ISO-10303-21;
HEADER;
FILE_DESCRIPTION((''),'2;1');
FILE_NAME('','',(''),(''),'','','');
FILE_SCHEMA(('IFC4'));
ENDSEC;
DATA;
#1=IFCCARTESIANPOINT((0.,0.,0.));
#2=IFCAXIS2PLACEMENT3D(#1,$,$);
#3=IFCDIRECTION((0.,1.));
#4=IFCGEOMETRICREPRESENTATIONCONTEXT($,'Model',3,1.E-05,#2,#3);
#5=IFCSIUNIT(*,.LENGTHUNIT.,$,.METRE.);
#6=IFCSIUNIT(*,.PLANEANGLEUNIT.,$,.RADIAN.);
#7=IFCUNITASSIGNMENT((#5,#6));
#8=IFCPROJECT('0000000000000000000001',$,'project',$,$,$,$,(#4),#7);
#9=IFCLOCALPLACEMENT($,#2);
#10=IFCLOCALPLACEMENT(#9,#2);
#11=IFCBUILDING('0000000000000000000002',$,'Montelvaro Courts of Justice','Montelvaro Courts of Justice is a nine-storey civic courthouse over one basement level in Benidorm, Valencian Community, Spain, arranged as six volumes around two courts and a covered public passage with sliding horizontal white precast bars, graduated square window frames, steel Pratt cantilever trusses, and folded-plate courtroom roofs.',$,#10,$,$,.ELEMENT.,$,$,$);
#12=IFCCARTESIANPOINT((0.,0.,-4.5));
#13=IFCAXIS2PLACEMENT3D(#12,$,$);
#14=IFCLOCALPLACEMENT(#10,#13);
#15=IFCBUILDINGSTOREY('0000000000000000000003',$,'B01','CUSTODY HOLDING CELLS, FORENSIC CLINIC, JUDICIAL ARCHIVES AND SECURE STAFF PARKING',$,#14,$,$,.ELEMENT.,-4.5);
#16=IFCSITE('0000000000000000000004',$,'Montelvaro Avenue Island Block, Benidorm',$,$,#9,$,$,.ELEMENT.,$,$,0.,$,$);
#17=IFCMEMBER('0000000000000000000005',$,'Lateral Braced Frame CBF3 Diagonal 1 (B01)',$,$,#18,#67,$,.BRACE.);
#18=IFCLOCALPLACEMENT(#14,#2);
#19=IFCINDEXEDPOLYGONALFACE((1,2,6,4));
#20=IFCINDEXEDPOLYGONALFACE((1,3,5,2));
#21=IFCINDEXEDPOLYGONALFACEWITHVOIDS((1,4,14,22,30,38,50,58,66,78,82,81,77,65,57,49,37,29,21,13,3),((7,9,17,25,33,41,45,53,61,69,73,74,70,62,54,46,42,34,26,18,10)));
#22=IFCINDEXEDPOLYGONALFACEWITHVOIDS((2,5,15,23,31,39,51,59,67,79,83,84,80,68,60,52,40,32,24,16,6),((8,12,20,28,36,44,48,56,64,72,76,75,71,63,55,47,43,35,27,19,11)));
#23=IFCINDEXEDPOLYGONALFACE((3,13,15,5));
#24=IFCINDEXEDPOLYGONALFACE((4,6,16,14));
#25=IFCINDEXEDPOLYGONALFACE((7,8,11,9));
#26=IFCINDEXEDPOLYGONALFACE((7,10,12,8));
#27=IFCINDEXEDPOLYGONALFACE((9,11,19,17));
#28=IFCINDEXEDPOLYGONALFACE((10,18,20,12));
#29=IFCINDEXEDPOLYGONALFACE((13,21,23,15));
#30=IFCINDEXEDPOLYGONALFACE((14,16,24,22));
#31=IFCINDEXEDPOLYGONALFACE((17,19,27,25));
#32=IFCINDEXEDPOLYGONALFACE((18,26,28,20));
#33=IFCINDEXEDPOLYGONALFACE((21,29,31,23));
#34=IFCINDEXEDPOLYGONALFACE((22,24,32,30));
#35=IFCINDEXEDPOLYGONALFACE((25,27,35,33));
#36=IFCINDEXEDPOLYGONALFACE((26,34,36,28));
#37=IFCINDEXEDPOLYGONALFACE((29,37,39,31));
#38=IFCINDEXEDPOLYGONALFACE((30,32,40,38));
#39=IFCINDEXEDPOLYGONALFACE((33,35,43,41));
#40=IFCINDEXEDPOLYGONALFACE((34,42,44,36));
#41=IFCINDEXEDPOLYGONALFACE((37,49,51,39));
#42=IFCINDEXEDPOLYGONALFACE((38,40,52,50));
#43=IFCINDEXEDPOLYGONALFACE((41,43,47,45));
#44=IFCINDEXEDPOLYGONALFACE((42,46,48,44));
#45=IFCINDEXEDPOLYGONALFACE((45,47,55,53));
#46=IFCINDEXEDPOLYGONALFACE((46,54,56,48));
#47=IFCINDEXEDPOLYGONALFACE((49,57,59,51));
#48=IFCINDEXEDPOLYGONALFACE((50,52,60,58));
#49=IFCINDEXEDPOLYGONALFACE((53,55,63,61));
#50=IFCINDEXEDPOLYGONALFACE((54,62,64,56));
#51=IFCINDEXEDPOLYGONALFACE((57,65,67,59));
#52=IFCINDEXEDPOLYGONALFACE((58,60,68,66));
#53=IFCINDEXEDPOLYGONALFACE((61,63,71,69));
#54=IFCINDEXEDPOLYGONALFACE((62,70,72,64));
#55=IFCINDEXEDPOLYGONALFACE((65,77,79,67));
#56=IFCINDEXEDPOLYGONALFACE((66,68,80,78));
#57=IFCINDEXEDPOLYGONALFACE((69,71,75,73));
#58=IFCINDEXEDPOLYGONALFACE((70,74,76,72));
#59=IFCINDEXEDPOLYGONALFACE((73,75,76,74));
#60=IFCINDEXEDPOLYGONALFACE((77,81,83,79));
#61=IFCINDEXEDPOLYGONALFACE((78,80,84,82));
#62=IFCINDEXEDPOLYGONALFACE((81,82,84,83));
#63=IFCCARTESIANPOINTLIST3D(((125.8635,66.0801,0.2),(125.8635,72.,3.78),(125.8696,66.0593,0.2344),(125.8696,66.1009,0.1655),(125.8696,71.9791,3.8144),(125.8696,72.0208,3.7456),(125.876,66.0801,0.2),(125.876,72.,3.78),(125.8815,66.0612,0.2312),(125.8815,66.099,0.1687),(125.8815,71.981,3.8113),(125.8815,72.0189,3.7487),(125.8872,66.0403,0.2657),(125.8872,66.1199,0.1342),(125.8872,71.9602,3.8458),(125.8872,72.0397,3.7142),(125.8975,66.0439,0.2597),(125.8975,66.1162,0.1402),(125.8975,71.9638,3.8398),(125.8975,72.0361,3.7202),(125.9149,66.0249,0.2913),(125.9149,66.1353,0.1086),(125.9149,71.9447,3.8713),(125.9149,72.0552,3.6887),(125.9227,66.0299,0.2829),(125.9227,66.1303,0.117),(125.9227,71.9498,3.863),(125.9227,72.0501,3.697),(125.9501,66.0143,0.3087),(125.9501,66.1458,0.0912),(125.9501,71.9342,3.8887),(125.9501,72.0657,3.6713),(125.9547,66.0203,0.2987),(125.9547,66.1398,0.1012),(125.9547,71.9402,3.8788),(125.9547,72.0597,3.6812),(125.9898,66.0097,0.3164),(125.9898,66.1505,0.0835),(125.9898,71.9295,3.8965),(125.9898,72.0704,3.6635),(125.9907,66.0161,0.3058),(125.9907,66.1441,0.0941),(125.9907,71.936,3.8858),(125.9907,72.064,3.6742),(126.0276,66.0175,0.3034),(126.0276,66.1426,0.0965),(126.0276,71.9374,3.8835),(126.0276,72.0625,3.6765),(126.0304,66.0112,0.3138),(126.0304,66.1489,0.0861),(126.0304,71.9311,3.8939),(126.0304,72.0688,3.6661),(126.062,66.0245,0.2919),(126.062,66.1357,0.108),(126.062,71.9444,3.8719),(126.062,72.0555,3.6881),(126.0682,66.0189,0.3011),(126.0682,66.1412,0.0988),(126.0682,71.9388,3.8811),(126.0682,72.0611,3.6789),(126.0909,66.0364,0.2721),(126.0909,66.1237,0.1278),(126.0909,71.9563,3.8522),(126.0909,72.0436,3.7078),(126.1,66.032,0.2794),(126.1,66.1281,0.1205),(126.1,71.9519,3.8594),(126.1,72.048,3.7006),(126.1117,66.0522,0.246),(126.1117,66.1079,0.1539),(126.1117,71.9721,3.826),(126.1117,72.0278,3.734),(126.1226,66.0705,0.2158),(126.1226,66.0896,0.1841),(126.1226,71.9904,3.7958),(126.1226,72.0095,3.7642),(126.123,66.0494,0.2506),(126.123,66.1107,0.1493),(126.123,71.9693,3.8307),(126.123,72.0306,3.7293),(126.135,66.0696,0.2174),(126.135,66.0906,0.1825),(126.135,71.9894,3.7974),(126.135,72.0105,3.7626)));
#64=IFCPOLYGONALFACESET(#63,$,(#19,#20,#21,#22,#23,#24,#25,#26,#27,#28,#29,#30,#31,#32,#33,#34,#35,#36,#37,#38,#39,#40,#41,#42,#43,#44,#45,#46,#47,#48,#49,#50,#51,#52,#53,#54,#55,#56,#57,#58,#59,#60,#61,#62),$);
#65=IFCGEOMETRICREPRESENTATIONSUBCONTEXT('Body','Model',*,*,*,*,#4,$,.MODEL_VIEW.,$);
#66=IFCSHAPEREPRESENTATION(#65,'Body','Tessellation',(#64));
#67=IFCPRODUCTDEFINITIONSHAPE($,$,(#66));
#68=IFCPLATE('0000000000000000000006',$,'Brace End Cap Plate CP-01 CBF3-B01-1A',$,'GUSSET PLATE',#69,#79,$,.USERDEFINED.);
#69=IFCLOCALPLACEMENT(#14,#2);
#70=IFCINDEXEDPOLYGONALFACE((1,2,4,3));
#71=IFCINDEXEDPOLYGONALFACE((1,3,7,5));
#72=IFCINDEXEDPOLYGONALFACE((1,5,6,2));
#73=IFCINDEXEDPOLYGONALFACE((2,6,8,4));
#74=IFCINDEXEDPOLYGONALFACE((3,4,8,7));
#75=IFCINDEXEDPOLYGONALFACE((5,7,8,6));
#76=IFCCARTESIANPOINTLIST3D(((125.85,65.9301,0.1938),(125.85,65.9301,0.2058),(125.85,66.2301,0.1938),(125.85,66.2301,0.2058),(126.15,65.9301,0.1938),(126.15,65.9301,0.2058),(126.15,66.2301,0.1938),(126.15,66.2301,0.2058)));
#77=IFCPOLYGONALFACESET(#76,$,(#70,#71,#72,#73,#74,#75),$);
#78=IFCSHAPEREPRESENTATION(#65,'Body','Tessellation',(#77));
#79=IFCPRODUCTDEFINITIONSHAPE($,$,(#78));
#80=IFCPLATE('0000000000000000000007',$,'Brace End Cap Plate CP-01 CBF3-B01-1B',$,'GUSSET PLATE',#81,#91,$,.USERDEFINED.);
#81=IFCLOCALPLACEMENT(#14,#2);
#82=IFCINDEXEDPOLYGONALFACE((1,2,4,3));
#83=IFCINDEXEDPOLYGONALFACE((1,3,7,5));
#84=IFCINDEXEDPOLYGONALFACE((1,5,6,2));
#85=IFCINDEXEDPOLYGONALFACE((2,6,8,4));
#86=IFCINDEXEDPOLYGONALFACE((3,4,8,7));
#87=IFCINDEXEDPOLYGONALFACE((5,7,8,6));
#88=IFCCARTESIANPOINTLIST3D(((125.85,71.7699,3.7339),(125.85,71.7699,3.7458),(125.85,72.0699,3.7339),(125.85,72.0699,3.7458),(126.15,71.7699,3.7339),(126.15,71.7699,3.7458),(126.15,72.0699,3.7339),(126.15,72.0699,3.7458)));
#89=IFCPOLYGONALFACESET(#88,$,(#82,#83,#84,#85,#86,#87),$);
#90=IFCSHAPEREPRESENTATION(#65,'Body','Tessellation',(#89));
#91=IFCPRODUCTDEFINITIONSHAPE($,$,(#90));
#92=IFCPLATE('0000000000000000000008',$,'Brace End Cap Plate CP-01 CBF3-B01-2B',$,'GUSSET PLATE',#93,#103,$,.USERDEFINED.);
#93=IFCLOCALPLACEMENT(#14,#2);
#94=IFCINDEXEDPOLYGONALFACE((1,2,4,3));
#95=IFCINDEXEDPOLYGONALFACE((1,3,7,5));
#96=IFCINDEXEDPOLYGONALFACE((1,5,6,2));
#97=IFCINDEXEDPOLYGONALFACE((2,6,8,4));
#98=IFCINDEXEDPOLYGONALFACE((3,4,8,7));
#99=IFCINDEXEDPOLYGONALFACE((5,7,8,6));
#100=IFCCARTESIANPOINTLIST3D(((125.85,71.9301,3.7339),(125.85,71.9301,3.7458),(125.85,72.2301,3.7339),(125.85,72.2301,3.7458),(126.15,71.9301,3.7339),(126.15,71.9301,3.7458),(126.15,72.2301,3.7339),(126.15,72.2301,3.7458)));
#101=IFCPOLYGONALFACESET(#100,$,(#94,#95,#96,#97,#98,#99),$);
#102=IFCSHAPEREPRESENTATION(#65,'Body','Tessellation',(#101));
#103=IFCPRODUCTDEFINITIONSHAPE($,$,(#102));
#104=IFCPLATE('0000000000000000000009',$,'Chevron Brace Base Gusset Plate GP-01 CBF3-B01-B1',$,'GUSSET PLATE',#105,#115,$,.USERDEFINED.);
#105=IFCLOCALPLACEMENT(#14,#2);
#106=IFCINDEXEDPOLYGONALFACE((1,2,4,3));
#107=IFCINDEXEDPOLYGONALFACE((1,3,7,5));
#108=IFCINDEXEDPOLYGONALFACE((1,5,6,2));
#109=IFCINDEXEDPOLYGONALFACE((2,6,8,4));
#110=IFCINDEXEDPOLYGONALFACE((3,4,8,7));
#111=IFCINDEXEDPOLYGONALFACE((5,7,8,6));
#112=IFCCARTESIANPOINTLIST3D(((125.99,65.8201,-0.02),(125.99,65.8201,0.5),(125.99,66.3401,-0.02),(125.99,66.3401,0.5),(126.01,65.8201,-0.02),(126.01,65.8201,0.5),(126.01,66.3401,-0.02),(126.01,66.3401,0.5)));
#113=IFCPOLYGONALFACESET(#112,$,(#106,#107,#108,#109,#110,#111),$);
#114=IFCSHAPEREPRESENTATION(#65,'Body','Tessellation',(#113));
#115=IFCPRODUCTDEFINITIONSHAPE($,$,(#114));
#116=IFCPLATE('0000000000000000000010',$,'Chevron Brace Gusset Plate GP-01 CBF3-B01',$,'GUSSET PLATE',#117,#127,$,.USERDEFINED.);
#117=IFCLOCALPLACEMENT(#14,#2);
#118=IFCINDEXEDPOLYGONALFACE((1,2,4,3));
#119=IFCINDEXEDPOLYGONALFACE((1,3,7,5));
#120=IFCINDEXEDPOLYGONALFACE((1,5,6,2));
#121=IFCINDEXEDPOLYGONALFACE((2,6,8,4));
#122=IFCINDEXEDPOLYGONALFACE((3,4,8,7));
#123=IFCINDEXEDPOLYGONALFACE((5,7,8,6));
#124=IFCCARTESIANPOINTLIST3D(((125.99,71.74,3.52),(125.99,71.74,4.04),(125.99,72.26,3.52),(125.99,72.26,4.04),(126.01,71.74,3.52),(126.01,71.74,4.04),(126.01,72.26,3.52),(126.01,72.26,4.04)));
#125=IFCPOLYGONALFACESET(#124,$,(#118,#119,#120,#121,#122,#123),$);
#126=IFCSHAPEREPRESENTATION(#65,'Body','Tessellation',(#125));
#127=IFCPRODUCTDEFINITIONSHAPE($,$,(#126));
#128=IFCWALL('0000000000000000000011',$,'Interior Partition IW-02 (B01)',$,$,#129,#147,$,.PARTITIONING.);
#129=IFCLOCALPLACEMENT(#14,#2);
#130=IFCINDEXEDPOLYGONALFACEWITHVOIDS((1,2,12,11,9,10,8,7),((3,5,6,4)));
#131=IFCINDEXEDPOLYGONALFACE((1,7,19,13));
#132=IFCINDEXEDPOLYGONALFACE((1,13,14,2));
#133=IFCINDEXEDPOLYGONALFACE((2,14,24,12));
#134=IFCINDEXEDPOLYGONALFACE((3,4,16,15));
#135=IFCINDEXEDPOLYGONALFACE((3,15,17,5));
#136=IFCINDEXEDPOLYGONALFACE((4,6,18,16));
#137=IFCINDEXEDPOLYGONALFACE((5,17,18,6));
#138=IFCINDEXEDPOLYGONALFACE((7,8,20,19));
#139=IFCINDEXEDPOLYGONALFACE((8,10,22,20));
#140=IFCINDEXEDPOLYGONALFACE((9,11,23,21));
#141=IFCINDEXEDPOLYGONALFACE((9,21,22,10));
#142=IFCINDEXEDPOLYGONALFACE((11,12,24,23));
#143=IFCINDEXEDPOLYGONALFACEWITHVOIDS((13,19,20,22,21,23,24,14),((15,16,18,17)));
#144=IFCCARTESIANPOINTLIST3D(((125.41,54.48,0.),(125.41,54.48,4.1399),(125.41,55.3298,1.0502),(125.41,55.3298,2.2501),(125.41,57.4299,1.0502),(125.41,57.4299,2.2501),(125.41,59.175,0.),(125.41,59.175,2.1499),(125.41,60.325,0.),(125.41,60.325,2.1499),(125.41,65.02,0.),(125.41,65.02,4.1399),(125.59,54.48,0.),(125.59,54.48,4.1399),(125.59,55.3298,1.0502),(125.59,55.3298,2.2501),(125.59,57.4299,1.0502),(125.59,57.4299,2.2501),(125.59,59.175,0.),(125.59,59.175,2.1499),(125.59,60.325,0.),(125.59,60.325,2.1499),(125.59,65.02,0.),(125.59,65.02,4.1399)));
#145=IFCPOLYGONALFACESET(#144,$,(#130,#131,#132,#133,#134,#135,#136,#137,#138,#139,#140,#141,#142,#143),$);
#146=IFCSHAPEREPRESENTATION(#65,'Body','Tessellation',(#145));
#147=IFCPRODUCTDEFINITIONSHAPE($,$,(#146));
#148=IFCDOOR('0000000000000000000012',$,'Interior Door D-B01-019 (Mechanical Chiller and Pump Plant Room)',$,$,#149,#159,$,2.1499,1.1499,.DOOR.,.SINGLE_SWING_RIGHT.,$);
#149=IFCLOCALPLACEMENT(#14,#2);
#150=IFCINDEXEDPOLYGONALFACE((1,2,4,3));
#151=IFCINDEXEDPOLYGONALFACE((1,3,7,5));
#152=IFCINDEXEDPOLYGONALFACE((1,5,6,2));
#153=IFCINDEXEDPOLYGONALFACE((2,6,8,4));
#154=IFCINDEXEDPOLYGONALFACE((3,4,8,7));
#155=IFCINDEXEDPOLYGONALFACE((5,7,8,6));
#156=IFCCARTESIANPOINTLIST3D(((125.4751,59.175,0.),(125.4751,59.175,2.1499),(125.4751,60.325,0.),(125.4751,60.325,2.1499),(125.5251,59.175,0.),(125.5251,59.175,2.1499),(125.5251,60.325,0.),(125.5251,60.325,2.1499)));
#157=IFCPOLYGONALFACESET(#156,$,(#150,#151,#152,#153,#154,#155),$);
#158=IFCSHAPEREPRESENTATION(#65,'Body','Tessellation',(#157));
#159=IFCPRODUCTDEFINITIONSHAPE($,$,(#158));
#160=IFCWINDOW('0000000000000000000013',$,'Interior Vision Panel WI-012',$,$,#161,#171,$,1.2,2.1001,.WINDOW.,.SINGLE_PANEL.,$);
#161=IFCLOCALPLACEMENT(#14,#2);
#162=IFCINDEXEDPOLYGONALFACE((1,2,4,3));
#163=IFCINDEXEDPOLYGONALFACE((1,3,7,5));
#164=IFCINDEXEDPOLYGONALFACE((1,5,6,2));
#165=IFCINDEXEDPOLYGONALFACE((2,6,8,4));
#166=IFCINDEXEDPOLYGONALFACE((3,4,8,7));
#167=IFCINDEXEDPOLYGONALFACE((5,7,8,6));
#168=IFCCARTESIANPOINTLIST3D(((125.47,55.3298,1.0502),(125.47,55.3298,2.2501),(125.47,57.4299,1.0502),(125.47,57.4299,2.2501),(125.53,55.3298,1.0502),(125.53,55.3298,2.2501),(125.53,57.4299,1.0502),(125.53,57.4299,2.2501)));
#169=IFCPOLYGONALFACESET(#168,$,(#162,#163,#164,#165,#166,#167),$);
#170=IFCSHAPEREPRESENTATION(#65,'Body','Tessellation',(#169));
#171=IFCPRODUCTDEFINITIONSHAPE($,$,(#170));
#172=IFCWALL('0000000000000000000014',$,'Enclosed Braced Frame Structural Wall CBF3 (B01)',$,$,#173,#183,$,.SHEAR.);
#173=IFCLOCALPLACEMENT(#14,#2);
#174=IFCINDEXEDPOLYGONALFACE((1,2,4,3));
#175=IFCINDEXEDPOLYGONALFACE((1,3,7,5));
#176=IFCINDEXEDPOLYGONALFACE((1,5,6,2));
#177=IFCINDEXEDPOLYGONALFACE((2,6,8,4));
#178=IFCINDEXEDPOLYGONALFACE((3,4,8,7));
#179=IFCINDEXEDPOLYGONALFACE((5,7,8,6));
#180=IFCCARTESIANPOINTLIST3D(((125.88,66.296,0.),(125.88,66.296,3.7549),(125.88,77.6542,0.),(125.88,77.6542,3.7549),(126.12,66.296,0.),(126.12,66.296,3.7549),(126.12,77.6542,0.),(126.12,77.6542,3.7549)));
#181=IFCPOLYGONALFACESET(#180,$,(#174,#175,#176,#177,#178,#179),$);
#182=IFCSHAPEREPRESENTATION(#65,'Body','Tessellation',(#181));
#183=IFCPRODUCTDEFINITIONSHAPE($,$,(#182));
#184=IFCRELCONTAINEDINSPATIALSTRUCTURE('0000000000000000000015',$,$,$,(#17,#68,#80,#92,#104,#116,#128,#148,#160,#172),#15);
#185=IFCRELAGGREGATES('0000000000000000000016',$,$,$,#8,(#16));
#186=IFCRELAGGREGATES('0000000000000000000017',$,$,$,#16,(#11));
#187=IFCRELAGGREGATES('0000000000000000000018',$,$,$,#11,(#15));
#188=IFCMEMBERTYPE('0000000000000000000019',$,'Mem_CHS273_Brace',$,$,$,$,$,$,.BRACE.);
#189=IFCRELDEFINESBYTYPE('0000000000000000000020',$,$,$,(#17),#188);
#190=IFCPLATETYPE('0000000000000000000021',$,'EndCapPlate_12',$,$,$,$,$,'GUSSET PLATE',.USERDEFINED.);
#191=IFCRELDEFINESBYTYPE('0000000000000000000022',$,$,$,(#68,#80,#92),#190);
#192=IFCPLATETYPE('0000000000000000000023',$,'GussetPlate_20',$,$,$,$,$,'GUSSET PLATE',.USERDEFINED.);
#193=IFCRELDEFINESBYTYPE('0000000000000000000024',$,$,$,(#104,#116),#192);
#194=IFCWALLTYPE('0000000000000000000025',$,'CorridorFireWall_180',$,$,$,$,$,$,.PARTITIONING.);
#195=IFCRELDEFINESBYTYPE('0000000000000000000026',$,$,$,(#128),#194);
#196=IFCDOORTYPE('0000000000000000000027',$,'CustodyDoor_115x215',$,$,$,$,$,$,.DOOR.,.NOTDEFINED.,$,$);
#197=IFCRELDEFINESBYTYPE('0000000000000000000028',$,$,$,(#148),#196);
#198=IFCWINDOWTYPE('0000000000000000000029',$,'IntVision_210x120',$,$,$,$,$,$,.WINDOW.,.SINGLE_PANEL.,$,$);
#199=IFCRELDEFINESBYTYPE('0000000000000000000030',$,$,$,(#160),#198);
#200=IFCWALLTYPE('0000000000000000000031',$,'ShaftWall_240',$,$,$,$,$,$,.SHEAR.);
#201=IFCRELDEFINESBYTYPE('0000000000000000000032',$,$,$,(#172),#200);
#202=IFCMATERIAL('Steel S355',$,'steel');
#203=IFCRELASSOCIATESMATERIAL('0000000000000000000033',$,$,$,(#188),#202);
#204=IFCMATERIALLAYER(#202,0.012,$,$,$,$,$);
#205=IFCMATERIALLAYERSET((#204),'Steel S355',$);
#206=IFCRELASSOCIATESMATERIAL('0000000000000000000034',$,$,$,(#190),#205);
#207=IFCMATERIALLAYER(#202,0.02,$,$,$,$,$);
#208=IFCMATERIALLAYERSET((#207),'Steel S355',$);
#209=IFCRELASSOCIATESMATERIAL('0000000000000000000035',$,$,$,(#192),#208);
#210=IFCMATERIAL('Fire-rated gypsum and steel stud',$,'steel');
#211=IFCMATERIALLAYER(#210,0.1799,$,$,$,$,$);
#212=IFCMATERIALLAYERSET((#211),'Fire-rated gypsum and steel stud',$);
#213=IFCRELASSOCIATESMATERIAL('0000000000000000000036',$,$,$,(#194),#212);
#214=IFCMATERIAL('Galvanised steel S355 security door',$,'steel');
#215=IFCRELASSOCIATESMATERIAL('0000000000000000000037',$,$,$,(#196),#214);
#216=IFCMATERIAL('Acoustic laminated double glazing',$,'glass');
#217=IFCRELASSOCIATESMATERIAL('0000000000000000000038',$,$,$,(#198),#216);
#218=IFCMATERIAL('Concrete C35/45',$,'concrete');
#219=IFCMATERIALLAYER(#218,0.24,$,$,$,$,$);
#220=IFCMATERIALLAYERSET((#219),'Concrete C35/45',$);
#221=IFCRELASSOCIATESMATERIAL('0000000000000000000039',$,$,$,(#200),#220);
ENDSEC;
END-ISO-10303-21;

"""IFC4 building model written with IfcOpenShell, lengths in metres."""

from ifc_helpers import new_model, si_unit, direction, frame, frame_2d, origin, origin_2d, place, context, subcontext, project, spatial, rectangle, hollow_circle, extrude, material, layer, layer_set, material_profile, profile_set, type_object, element, fill, save


model = new_model("IFC4")

# Units and contexts
model_context = context("Model", 3, precision=1e-05, world=origin(), true_north=direction((0.0, 1.0)))
body_context = subcontext(model_context, "Body", "Model", "MODEL_VIEW")
ifc_project = project(units=[si_unit("LENGTHUNIT", "METRE"), si_unit("PLANEANGLEUNIT", "RADIAN")], contexts=[model_context])

# Site, building, storey
site_placement = place(None, origin())
site = spatial("IfcSite", under=ifc_project, at=site_placement, Name="Montelvaro Avenue Island Block, Benidorm", CompositionType="ELEMENT", RefElevation=0.0)
building_placement = place(site_placement, origin())
building = spatial("IfcBuilding", under=site, at=building_placement, Name="Montelvaro Courts of Justice", Description="Montelvaro Courts of Justice is a nine-storey civic courthouse over one basement level in Benidorm, Valencian Community, Spain, arranged as six volumes around two courts and a covered public passage with sliding horizontal white precast bars, graduated square window frames, steel Pratt cantilever trusses, and folded-plate courtroom roofs.", CompositionType="ELEMENT")
storey_placement = place(building_placement, frame((0.0, 0.0, -4.5)))
storey = spatial("IfcBuildingStorey", under=building, at=storey_placement, Name="B01", Description="CUSTODY HOLDING CELLS, FORENSIC CLINIC, JUDICIAL ARCHIVES AND SECURE STAFF PARKING", CompositionType="ELEMENT", Elevation=-4.5)

# Shared definitions
ifc_material_1 = material(Name="Concrete C35/45", Category="concrete")

# Shared definitions
ifc_material_2 = material(Name="Steel S355", Category="steel")

# Member
ifc_material_profile_1 = material_profile(ifc_material_2, hollow_circle(Radius=0.1365, WallThickness=0.0125, at=origin_2d()), Name="CHS 273x12.5")
ifc_profile_set_1 = profile_set([ifc_material_profile_1], Name="Steel S355")
member_type = type_object("IfcMemberType", Name="Mem_CHS273_Brace", PredefinedType="BRACE", material=ifc_profile_set_1)
member_placement = place(storey_placement, frame((126.0, 66.0801, 0.2), z_axis=(0.0, 0.855694, 0.517482), x_axis=(-1.0, 0.0, 0.0)))
element("IfcMember", 1, at=member_placement, inside=storey, type_object=member_type, Name="Lateral Braced Frame CBF3 Diagonal 1 (B01)", PredefinedType="BRACE", context=body_context, shape_type="SweptSolid", body=[
    extrude(hollow_circle(Radius=0.1365, WallThickness=0.0125, at=origin_2d()), origin(), (0.0, 0.0, 1.0), 6.9182),
])

# Plates
ifc_layer_1 = layer(ifc_material_2, 0.012)
ifc_layer_set_1 = layer_set([ifc_layer_1], Name="Steel S355")
plate_type_1 = type_object("IfcPlateType", Name="EndCapPlate_12", ElementType="GUSSET PLATE", PredefinedType="USERDEFINED", material=ifc_layer_set_1)
for number, where, z_axis, x_axis, name in (
    (2, (126.0, 66.0801, 0.1938), (0.0, 0.0, 1.0), (1.0, 0.0, 0.0), "Brace End Cap Plate CP-01 CBF3-B01-1A"),
    (3, (126.0, 71.9199, 3.7339), (0.0, 0.0, 1.0), (1.0, 0.0, 0.0), "Brace End Cap Plate CP-01 CBF3-B01-1B"),
    (4, (126.0, 72.0801, 3.7339), (0.0, 0.0, 1.0), (1.0, 0.0, 0.0), "Brace End Cap Plate CP-01 CBF3-B01-2B"),
):
    element("IfcPlate", number, at=place(storey_placement, frame(where, z_axis=z_axis, x_axis=x_axis)), inside=storey, type_object=plate_type_1, Name=name, ObjectType="GUSSET PLATE", PredefinedType="USERDEFINED", context=body_context, shape_type="SweptSolid", body=[
        extrude(rectangle(XDim=0.3, YDim=0.3, at=origin_2d()), origin(), (0.0, 0.0, 1.0), 0.012),
    ])
ifc_layer_2 = layer(ifc_material_2, 0.02)
ifc_layer_set_2 = layer_set([ifc_layer_2], Name="Steel S355")
plate_type_2 = type_object("IfcPlateType", Name="GussetPlate_20", ElementType="GUSSET PLATE", PredefinedType="USERDEFINED", material=ifc_layer_set_2)
for number, where, z_axis, x_axis, name in (
    (5, (126.0, 66.0801, -0.02), (0.0, 0.0, 1.0), (1.0, 0.0, 0.0), "Chevron Brace Base Gusset Plate GP-01 CBF3-B01-B1"),
    (6, (126.0, 72.0, 3.52), (0.0, 0.0, 1.0), (1.0, 0.0, 0.0), "Chevron Brace Gusset Plate GP-01 CBF3-B01"),
):
    element("IfcPlate", number, at=place(storey_placement, frame(where, z_axis=z_axis, x_axis=x_axis)), inside=storey, type_object=plate_type_2, Name=name, ObjectType="GUSSET PLATE", PredefinedType="USERDEFINED", context=body_context, shape_type="SweptSolid", body=[
        extrude(rectangle(XDim=0.02, YDim=0.52, at=origin_2d()), origin(), (0.0, 0.0, 1.0), 0.52),
    ])

# Wall, openings, door, window
ifc_material_3 = material(Name="Fire-rated gypsum and steel stud", Category="steel")
ifc_layer_3 = layer(ifc_material_3, 0.1799)
ifc_layer_set_3 = layer_set([ifc_layer_3], Name="Fire-rated gypsum and steel stud")
wall_type_1 = type_object("IfcWallType", Name="CorridorFireWall_180", PredefinedType="PARTITIONING", material=ifc_layer_set_3)
wall_1_placement = place(storey_placement, frame((125.5, 65.02, 0.0), z_axis=(0.0, 0.0, 1.0), x_axis=(0.0, -1.0, 0.0)))
wall_1 = element("IfcWall", 7, at=wall_1_placement, inside=storey, type_object=wall_type_1, Name="Interior Partition IW-02 (B01)", PredefinedType="PARTITIONING", context=body_context, shape_type="SweptSolid", body=[
    extrude(rectangle(XDim=10.54, YDim=0.1799, at=frame_2d((5.27, 0.0))), origin(), (0.0, 0.0, 1.0), 4.1399),
])
opening_1_placement = place(wall_1_placement, frame((4.6951, 0.0, 0.0)))
opening_1 = element("IfcOpeningElement", 8, at=opening_1_placement, cuts=wall_1, PredefinedType="OPENING", context=body_context, shape_type="SweptSolid", body=[
    extrude(rectangle(XDim=1.1499, YDim=2.1499, at=frame_2d((0.575, 1.075))), frame((0.0, 0.105, 0.0), z_axis=(0.0, -1.0, 0.0), x_axis=(1.0, 0.0, 0.0)), (0.0, 0.0, 1.0), 0.2097),
])
opening_2_placement = place(wall_1_placement, frame((7.5901, 0.0, 1.05)))
opening_2 = element("IfcOpeningElement", 9, at=opening_2_placement, cuts=wall_1, PredefinedType="OPENING", context=body_context, shape_type="SweptSolid", body=[
    extrude(rectangle(XDim=2.1001, YDim=1.2, at=frame_2d((1.05, 0.6001))), frame((0.0, 0.105, 0.0), z_axis=(0.0, -1.0, 0.0), x_axis=(1.0, 0.0, 0.0)), (0.0, 0.0, 1.0), 0.2097),
])
ifc_material_4 = material(Name="Galvanised steel S355 security door", Category="steel")
door_type = type_object("IfcDoorType", Name="CustodyDoor_115x215", OperationType="NOTDEFINED", PredefinedType="DOOR", material=ifc_material_4)
door_placement = place(opening_1_placement, frame((1.1499, 0.0, 0.0), z_axis=(0.0, 0.0, 1.0), x_axis=(-1.0, 0.0, 0.0)))
door = element("IfcDoor", 10, at=door_placement, inside=storey, type_object=door_type, Name="Interior Door D-B01-019 (Mechanical Chiller and Pump Plant Room)", OperationType="SINGLE_SWING_RIGHT", OverallHeight=2.1499, OverallWidth=1.1499, PredefinedType="DOOR", context=body_context, shape_type="SweptSolid", body=[
    extrude(rectangle(XDim=1.1499, YDim=2.1499, at=frame_2d((0.575, 1.075))), frame((0.0, 0.0249, 0.0), z_axis=(0.0, -1.0, 0.0), x_axis=(1.0, 0.0, 0.0)), (0.0, 0.0, 1.0), 0.05),
])
fill(opening_1, door)
ifc_material_5 = material(Name="Acoustic laminated double glazing", Category="glass")
window_type = type_object("IfcWindowType", Name="IntVision_210x120", PartitioningType="SINGLE_PANEL", PredefinedType="WINDOW", material=ifc_material_5)
window_placement = place(opening_2_placement, origin())
window = element("IfcWindow", 11, at=window_placement, inside=storey, type_object=window_type, Name="Interior Vision Panel WI-012", OverallHeight=1.2, OverallWidth=2.1001, PartitioningType="SINGLE_PANEL", PredefinedType="WINDOW", context=body_context, shape_type="SweptSolid", body=[
    extrude(rectangle(XDim=2.1001, YDim=1.2, at=frame_2d((1.05, 0.6001))), frame((0.0, 0.03, 0.0), z_axis=(0.0, -1.0, 0.0), x_axis=(1.0, 0.0, 0.0)), (0.0, 0.0, 1.0), 0.0601),
])
fill(opening_2, window)

# Wall
ifc_layer_4 = layer(ifc_material_1, 0.24)
ifc_layer_set_4 = layer_set([ifc_layer_4], Name="Concrete C35/45")
wall_type_2 = type_object("IfcWallType", Name="ShaftWall_240", PredefinedType="SHEAR", material=ifc_layer_set_4)
wall_2_placement = place(storey_placement, frame((126.0, 66.2959, 0.0), z_axis=(0.0, 0.0, 1.0), x_axis=(0.0, 1.0, 0.0)))
element("IfcWall", 12, at=wall_2_placement, inside=storey, type_object=wall_type_2, Name="Enclosed Braced Frame Structural Wall CBF3 (B01)", PredefinedType="SHEAR", context=body_context, shape_type="SweptSolid", body=[
    extrude(rectangle(XDim=11.3582, YDim=0.24, at=frame_2d((5.6792, 0.0))), origin(), (0.0, 0.0, 1.0), 3.7549),
])

save(model, "model.ifc")
